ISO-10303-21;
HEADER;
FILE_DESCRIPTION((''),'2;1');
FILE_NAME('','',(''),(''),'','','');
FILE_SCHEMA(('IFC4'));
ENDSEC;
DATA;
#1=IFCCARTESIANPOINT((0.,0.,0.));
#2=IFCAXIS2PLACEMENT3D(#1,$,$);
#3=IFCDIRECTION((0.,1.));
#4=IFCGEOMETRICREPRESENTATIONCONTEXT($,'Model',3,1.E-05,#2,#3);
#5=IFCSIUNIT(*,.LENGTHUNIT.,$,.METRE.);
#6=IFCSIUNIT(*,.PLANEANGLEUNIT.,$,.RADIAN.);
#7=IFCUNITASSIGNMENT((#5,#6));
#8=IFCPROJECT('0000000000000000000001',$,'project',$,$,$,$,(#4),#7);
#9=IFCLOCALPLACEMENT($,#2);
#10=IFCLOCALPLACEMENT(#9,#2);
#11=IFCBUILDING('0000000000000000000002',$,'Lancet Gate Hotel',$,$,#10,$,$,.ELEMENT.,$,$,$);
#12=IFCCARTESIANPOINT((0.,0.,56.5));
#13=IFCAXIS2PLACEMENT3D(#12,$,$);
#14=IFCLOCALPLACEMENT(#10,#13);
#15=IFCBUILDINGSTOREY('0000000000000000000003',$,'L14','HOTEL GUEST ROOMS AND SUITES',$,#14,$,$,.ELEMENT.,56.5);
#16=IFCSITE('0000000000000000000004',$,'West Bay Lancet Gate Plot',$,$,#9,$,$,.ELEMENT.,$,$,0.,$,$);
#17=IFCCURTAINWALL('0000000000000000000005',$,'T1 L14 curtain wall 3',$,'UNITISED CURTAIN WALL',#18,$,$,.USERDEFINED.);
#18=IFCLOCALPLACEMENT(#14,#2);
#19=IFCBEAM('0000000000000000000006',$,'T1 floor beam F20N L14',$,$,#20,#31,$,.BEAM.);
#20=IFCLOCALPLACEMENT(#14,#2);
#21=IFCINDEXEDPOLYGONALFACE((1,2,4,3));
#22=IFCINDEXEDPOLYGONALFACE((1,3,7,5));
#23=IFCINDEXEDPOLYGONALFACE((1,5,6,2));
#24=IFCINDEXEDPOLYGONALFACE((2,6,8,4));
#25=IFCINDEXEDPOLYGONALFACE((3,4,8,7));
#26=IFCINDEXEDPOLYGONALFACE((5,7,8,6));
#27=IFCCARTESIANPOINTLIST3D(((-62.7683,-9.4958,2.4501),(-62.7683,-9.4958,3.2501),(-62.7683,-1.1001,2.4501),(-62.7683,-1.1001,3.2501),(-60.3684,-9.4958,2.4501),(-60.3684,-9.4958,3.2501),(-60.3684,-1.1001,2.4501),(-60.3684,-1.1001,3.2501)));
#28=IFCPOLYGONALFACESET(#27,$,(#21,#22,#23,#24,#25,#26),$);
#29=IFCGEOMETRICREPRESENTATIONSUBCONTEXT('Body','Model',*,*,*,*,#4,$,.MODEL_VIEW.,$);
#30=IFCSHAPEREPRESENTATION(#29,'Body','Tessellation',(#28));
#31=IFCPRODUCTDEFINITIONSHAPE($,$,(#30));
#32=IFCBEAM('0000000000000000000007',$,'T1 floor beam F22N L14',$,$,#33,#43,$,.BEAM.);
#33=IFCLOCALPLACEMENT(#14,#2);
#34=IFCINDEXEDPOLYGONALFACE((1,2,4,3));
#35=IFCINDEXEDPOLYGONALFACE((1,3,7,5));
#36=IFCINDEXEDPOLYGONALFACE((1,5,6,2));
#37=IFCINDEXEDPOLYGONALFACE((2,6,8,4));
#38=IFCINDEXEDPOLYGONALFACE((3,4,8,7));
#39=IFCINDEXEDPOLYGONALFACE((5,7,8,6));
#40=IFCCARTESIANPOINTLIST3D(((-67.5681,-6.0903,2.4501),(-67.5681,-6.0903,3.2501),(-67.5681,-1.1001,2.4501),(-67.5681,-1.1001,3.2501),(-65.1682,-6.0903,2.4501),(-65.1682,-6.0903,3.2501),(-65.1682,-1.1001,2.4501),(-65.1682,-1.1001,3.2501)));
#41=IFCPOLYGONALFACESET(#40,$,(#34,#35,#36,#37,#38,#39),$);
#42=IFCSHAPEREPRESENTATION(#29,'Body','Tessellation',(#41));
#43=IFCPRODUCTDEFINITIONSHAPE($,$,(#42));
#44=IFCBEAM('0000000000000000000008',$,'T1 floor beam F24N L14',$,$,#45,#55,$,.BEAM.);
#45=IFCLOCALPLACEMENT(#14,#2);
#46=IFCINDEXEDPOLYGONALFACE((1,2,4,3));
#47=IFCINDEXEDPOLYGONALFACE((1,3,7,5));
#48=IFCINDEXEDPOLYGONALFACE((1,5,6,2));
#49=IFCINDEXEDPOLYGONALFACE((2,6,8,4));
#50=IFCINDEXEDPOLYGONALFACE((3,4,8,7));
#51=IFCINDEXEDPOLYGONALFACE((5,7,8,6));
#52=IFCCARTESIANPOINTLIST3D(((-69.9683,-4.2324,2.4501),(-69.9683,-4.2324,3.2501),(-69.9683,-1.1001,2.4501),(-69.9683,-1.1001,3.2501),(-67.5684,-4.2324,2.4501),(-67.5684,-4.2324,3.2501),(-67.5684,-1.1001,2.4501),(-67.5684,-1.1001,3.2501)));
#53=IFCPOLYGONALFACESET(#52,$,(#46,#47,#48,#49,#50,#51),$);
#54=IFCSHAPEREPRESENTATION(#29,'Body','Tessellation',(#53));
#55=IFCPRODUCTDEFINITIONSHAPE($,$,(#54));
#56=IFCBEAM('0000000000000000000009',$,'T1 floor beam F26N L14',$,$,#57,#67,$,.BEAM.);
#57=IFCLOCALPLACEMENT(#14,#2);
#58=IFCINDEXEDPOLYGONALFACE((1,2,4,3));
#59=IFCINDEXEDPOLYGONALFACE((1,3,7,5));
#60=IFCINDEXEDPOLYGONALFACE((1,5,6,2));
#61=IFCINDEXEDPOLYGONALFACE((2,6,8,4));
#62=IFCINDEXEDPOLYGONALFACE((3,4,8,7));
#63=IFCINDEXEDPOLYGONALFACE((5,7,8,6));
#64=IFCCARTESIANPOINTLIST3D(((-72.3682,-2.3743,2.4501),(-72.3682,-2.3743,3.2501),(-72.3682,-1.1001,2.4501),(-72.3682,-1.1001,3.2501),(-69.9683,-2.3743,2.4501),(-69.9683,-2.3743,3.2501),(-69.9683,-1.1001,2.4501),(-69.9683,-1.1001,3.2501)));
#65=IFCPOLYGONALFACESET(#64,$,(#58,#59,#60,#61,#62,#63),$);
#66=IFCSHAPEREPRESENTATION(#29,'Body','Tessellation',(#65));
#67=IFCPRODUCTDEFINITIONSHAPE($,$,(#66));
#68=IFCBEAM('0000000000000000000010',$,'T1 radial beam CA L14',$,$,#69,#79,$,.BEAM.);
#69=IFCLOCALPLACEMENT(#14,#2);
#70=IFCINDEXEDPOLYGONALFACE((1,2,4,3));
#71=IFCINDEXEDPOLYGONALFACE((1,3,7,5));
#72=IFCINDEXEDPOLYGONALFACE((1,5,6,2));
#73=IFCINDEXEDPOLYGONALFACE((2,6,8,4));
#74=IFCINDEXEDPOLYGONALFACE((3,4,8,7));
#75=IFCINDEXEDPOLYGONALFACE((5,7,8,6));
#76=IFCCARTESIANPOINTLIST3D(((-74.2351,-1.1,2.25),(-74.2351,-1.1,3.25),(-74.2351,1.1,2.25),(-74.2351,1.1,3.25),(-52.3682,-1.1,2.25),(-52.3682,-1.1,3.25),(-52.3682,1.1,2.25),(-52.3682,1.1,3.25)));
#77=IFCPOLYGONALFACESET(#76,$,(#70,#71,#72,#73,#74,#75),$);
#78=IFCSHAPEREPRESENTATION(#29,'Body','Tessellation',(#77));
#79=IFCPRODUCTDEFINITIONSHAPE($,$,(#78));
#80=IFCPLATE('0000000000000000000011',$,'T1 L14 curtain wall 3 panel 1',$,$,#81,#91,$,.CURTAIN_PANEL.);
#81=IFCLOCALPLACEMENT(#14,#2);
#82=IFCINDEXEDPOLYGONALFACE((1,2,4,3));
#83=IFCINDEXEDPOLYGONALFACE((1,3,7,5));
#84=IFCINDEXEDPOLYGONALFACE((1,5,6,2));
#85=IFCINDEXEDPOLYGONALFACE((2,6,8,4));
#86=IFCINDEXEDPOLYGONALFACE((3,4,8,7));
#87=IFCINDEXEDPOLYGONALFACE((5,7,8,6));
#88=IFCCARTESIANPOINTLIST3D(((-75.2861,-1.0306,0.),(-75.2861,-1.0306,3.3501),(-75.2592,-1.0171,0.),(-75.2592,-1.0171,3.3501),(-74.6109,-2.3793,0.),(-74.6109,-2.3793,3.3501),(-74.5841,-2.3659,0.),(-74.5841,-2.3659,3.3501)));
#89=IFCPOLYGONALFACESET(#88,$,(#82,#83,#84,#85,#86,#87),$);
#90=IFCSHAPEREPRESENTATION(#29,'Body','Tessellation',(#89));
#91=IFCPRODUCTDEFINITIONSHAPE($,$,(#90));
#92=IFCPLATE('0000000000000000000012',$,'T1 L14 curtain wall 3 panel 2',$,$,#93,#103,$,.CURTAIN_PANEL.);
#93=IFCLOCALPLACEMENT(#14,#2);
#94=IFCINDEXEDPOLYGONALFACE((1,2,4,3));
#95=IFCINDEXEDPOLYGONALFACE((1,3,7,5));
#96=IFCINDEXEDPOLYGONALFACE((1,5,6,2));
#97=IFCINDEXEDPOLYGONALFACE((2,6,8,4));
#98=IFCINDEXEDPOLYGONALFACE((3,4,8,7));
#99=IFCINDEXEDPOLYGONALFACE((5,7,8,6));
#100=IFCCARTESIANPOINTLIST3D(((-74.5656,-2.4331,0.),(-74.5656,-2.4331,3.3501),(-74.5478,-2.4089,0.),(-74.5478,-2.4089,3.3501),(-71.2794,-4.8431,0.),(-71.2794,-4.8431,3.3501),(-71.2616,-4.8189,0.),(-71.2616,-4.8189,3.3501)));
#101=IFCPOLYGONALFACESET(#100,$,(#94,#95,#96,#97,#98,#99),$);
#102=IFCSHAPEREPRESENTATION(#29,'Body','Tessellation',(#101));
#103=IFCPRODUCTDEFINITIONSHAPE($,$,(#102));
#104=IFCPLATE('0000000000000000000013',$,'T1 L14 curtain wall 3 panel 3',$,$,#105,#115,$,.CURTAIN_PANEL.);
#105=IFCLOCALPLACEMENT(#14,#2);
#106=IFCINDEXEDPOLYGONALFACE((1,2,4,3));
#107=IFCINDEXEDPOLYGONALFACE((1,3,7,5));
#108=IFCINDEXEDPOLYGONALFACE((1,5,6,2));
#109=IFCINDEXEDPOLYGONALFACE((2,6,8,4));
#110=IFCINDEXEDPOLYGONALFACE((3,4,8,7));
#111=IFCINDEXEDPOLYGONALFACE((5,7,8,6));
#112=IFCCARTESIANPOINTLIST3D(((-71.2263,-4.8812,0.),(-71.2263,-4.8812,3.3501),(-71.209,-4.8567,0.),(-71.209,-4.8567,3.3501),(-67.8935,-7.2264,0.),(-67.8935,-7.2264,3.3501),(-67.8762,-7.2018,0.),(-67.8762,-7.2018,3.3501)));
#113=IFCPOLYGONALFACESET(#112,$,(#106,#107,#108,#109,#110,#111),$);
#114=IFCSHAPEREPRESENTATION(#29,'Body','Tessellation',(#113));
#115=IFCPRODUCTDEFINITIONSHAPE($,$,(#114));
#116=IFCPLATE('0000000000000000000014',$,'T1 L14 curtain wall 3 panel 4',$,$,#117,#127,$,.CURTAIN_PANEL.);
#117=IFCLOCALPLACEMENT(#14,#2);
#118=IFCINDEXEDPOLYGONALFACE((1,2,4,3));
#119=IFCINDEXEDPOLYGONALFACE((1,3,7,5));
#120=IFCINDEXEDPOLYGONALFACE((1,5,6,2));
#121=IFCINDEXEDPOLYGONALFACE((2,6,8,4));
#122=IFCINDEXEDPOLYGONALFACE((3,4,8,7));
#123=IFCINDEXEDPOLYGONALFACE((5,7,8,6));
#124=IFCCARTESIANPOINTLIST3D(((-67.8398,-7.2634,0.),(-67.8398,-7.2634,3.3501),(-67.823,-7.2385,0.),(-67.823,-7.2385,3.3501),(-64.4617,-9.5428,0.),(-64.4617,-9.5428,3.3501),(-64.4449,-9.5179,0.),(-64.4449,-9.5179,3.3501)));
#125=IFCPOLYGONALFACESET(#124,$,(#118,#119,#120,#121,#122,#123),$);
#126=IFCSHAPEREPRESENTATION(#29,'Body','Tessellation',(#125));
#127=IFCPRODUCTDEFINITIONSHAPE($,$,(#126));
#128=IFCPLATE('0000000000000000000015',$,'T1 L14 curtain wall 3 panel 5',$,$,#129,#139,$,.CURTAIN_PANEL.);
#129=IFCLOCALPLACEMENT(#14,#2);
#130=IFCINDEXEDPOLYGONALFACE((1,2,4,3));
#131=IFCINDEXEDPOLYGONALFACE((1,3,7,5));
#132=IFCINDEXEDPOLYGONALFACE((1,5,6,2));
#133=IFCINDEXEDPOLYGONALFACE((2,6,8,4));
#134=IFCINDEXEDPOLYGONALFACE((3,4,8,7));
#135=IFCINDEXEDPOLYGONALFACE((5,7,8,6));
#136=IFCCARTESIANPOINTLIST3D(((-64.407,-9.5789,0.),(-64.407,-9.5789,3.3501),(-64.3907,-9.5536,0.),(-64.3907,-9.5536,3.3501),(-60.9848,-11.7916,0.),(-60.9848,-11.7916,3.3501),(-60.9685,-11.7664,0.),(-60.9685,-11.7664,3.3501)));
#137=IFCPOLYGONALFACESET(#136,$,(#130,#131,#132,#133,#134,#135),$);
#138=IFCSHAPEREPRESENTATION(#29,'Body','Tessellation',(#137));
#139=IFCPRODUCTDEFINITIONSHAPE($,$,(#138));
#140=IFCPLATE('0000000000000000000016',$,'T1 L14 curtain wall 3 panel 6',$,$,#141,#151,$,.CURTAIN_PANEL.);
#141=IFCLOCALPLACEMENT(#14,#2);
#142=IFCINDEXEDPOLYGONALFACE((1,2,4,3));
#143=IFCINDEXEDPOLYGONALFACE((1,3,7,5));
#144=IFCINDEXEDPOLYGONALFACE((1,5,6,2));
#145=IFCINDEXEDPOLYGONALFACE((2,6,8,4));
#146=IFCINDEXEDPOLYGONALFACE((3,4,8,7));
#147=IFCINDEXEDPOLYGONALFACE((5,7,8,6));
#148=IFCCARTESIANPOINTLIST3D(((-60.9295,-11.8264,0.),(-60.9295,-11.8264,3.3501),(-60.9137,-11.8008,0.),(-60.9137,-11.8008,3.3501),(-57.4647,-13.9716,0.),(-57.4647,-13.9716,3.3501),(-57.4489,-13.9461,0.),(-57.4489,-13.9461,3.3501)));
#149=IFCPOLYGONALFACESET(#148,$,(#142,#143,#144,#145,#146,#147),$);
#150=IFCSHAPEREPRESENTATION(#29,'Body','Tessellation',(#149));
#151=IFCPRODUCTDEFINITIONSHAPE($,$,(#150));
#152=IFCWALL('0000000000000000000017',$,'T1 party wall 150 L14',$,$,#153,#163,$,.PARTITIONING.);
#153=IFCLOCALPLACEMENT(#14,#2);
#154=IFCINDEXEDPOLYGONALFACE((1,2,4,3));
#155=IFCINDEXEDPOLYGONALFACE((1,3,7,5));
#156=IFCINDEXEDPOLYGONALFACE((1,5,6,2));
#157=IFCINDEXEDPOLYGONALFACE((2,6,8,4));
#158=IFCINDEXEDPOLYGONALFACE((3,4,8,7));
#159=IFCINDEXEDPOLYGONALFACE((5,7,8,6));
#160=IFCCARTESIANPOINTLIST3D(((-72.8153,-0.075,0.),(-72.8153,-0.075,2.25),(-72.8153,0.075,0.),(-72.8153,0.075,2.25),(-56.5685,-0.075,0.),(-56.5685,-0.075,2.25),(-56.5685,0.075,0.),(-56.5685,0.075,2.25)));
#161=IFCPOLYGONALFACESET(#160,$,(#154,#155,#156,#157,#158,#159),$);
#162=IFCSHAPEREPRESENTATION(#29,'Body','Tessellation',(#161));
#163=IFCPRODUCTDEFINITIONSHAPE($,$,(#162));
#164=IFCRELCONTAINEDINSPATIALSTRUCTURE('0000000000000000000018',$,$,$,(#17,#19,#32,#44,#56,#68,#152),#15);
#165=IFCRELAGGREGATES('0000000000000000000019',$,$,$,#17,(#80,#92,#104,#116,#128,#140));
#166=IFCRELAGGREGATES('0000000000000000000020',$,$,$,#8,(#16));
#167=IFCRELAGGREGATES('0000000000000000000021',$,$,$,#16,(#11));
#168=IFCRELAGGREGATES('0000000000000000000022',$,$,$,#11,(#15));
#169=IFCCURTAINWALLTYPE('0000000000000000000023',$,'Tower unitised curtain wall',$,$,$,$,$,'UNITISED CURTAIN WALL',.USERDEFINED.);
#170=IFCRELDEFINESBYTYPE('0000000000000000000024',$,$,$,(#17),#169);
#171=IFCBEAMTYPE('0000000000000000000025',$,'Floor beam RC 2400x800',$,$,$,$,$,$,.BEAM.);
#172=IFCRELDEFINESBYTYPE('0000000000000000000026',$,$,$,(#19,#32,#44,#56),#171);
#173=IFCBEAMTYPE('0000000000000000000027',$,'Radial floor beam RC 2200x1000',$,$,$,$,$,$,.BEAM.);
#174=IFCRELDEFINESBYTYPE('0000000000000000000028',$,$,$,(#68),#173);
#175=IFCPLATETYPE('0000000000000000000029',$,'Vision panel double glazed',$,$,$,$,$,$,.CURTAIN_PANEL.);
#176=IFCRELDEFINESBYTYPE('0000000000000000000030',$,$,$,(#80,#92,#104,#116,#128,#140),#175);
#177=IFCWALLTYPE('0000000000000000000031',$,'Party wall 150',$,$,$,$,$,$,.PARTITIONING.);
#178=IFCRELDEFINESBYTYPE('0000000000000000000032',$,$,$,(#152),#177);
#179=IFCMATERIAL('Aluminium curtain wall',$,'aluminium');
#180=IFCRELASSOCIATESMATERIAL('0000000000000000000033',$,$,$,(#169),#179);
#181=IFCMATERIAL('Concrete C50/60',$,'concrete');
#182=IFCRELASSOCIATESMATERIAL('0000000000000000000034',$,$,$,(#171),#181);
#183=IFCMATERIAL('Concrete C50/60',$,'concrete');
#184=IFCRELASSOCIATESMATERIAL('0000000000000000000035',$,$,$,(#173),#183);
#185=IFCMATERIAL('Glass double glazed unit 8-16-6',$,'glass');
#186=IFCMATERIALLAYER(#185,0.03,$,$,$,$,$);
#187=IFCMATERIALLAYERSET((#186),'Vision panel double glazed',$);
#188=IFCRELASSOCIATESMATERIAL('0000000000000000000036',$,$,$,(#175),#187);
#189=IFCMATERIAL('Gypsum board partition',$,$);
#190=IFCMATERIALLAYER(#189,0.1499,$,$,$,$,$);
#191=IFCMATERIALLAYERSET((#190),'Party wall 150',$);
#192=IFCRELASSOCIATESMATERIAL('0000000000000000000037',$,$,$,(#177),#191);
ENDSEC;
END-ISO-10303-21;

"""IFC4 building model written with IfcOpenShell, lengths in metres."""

from ifc_helpers import new_model, si_unit, direction, frame, frame_2d, origin, origin_2d, place, context, subcontext, project, spatial, rectangle, extrude, material, layer, layer_set, material_profile, profile_set, type_object, element, aggregate, save


model = new_model("IFC4")

# Units and contexts
model_context = context("Model", 3, precision=1e-05, world=origin(), true_north=direction((0.0, 1.0)))
body_context = subcontext(model_context, "Body", "Model", "MODEL_VIEW")
ifc_project = project(units=[si_unit("LENGTHUNIT", "METRE"), si_unit("PLANEANGLEUNIT", "RADIAN")], contexts=[model_context])

# Site, building, storey
site_placement = place(None, origin())
site = spatial("IfcSite", under=ifc_project, at=site_placement, Name="West Bay Lancet Gate Plot", CompositionType="ELEMENT", RefElevation=0.0)
building_placement = place(site_placement, origin())
building = spatial("IfcBuilding", under=site, at=building_placement, Name="Lancet Gate Hotel", CompositionType="ELEMENT")
storey_placement = place(building_placement, frame((0.0, 0.0, 56.5)))
storey = spatial("IfcBuildingStorey", under=building, at=storey_placement, Name="L14", Description="HOTEL GUEST ROOMS AND SUITES", CompositionType="ELEMENT", Elevation=56.5)

# Curtain wall
ifc_material_1 = material(Name="Aluminium curtain wall", Category="aluminium")
curtain_wall_type = type_object("IfcCurtainWallType", Name="Tower unitised curtain wall", ElementType="UNITISED CURTAIN WALL", PredefinedType="USERDEFINED", material=ifc_material_1)
curtain_wall_placement = place(storey_placement, origin())
curtain_wall = element("IfcCurtainWall", 1, at=curtain_wall_placement, inside=storey, type_object=curtain_wall_type, Name="T1 L14 curtain wall 3", ObjectType="UNITISED CURTAIN WALL", PredefinedType="USERDEFINED")

# Beams
ifc_material_2 = material(Name="Concrete C50/60", Category="concrete")
ifc_material_profile_1 = material_profile(ifc_material_2, rectangle(XDim=2.3999, YDim=0.8, at=origin_2d()), Name="RC 2400x800")
ifc_profile_set_1 = profile_set([ifc_material_profile_1], Name="Concrete C50/60")
beam_type_1 = type_object("IfcBeamType", Name="Floor beam RC 2400x800", PredefinedType="BEAM", material=ifc_profile_set_1)
beam_1_placement = place(storey_placement, frame((-61.5684, -1.1001, 2.8501), z_axis=(0.0, -1.0, 0.0), x_axis=(1.0, 0.0, 0.0)))
element("IfcBeam", 2, at=beam_1_placement, inside=storey, type_object=beam_type_1, Name="T1 floor beam F20N L14", PredefinedType="BEAM", context=body_context, shape_type="SweptSolid", body=[
    extrude(rectangle(XDim=2.3999, YDim=0.8, at=origin_2d()), origin(), (0.0, 0.0, 1.0), 8.3958),
])
beam_2_placement = place(storey_placement, frame((-66.3682, -1.1001, 2.8501), z_axis=(0.0, -1.0, 0.0), x_axis=(1.0, 0.0, 0.0)))
element("IfcBeam", 3, at=beam_2_placement, inside=storey, type_object=beam_type_1, Name="T1 floor beam F22N L14", PredefinedType="BEAM", context=body_context, shape_type="SweptSolid", body=[
    extrude(rectangle(XDim=2.3999, YDim=0.8, at=origin_2d()), origin(), (0.0, 0.0, 1.0), 4.9902),
])
beam_3_placement = place(storey_placement, frame((-68.7683, -1.1001, 2.8501), z_axis=(0.0, -1.0, 0.0), x_axis=(1.0, 0.0, 0.0)))
element("IfcBeam", 4, at=beam_3_placement, inside=storey, type_object=beam_type_1, Name="T1 floor beam F24N L14", PredefinedType="BEAM", context=body_context, shape_type="SweptSolid", body=[
    extrude(rectangle(XDim=2.3999, YDim=0.8, at=origin_2d()), origin(), (0.0, 0.0, 1.0), 3.1323),
])
beam_4_placement = place(storey_placement, frame((-71.1682, -1.1001, 2.8501), z_axis=(0.0, -1.0, 0.0), x_axis=(1.0, 0.0, 0.0)))
element("IfcBeam", 5, at=beam_4_placement, inside=storey, type_object=beam_type_1, Name="T1 floor beam F26N L14", PredefinedType="BEAM", context=body_context, shape_type="SweptSolid", body=[
    extrude(rectangle(XDim=2.3999, YDim=0.8, at=origin_2d()), origin(), (0.0, 0.0, 1.0), 1.2742),
])
ifc_material_3 = material(Name="Concrete C50/60", Category="concrete")
ifc_material_profile_2 = material_profile(ifc_material_3, rectangle(XDim=2.2, YDim=1.0, at=origin_2d()), Name="RC 2200x1000")
ifc_profile_set_2 = profile_set([ifc_material_profile_2], Name="Concrete C50/60")
beam_type_2 = type_object("IfcBeamType", Name="Radial floor beam RC 2200x1000", PredefinedType="BEAM", material=ifc_profile_set_2)
beam_5_placement = place(storey_placement, frame((-74.2351, 0.0, 2.75), z_axis=(1.0, 0.0, 0.0), x_axis=(0.0, 1.0, 0.0)))
element("IfcBeam", 6, at=beam_5_placement, inside=storey, type_object=beam_type_2, Name="T1 radial beam CA L14", PredefinedType="BEAM", context=body_context, shape_type="SweptSolid", body=[
    extrude(rectangle(XDim=2.2, YDim=1.0, at=origin_2d()), origin(), (0.0, 0.0, 1.0), 21.8669),
])

# Plates
ifc_material_4 = material(Name="Glass double glazed unit 8-16-6", Category="glass")
ifc_layer_1 = layer(ifc_material_4, 0.03)
ifc_layer_set_1 = layer_set([ifc_layer_1], Name="Vision panel double glazed")
plate_type = type_object("IfcPlateType", Name="Vision panel double glazed", PredefinedType="CURTAIN_PANEL", material=ifc_layer_set_1)
plate_1_placement = place(storey_placement, frame((-74.9351, -1.6982, 0.0), z_axis=(0.0, 0.0, 1.0), x_axis=(0.447628, -0.89422, 0.0)))
plate_1 = element("IfcPlate", 7, at=plate_1_placement, type_object=plate_type, Name="T1 L14 curtain wall 3 panel 1", PredefinedType="CURTAIN_PANEL", context=body_context, shape_type="SweptSolid", body=[
    extrude(rectangle(XDim=1.5083, YDim=0.03, at=origin_2d()), origin(), (0.0, 0.0, 1.0), 3.3501),
])
plate_2_placement = place(storey_placement, frame((-72.9136, -3.626, 0.0), z_axis=(0.0, 0.0, 1.0), x_axis=(0.80639, -0.591384, 0.0)))
plate_2 = element("IfcPlate", 8, at=plate_2_placement, type_object=plate_type, Name="T1 L14 curtain wall 3 panel 2", PredefinedType="CURTAIN_PANEL", context=body_context, shape_type="SweptSolid", body=[
    extrude(rectangle(XDim=4.0752, YDim=0.03, at=origin_2d()), origin(), (0.0, 0.0, 1.0), 3.3501),
])
plate_3_placement = place(storey_placement, frame((-69.5513, -6.0415, 0.0), z_axis=(0.0, 0.0, 1.0), x_axis=(0.817825, -0.575467, 0.0)))
plate_3 = element("IfcPlate", 9, at=plate_3_placement, type_object=plate_type, Name="T1 L14 curtain wall 3 panel 3", PredefinedType="CURTAIN_PANEL", context=body_context, shape_type="SweptSolid", body=[
    extrude(rectangle(XDim=4.0752, YDim=0.03, at=origin_2d()), origin(), (0.0, 0.0, 1.0), 3.3501),
])
plate_4_placement = place(storey_placement, frame((-66.1423, -8.3906, 0.0), z_axis=(0.0, 0.0, 1.0), x_axis=(0.828946, -0.559329, 0.0)))
plate_4 = element("IfcPlate", 10, at=plate_4_placement, type_object=plate_type, Name="T1 L14 curtain wall 3 panel 4", PredefinedType="CURTAIN_PANEL", context=body_context, shape_type="SweptSolid", body=[
    extrude(rectangle(XDim=4.0752, YDim=0.03, at=origin_2d()), origin(), (0.0, 0.0, 1.0), 3.3501),
])
plate_5_placement = place(storey_placement, frame((-62.6877, -10.6726, 0.0), z_axis=(0.0, 0.0, 1.0), x_axis=(0.839749, -0.542975, 0.0)))
plate_5 = element("IfcPlate", 11, at=plate_5_placement, type_object=plate_type, Name="T1 L14 curtain wall 3 panel 5", PredefinedType="CURTAIN_PANEL", context=body_context, shape_type="SweptSolid", body=[
    extrude(rectangle(XDim=4.0752, YDim=0.03, at=origin_2d()), origin(), (0.0, 0.0, 1.0), 3.3501),
])
plate_6_placement = place(storey_placement, frame((-59.1892, -12.8862, 0.0), z_axis=(0.0, 0.0, 1.0), x_axis=(0.850229, -0.526414, 0.0)))
plate_6 = element("IfcPlate", 12, at=plate_6_placement, type_object=plate_type, Name="T1 L14 curtain wall 3 panel 6", PredefinedType="CURTAIN_PANEL", context=body_context, shape_type="SweptSolid", body=[
    extrude(rectangle(XDim=4.0752, YDim=0.03, at=origin_2d()), origin(), (0.0, 0.0, 1.0), 3.3501),
])
aggregate(curtain_wall, [plate_1, plate_2, plate_3, plate_4, plate_5, plate_6])

# Wall
ifc_material_5 = material(Name="Gypsum board partition")
ifc_layer_2 = layer(ifc_material_5, 0.1499)
ifc_layer_set_2 = layer_set([ifc_layer_2], Name="Party wall 150")
wall_type = type_object("IfcWallType", Name="Party wall 150", PredefinedType="PARTITIONING", material=ifc_layer_set_2)
wall_placement = place(storey_placement, frame((-56.5684, 0.0, 0.0), z_axis=(0.0, 0.0, 1.0), x_axis=(-1.0, 0.0, 0.0)))
element("IfcWall", 13, at=wall_placement, inside=storey, type_object=wall_type, Name="T1 party wall 150 L14", PredefinedType="PARTITIONING", context=body_context, shape_type="SweptSolid", body=[
    extrude(rectangle(XDim=16.2468, YDim=0.1499, at=frame_2d((8.1235, 0.0))), origin(), (0.0, 0.0, 1.0), 2.25),
])

save(model, "model.ifc")
